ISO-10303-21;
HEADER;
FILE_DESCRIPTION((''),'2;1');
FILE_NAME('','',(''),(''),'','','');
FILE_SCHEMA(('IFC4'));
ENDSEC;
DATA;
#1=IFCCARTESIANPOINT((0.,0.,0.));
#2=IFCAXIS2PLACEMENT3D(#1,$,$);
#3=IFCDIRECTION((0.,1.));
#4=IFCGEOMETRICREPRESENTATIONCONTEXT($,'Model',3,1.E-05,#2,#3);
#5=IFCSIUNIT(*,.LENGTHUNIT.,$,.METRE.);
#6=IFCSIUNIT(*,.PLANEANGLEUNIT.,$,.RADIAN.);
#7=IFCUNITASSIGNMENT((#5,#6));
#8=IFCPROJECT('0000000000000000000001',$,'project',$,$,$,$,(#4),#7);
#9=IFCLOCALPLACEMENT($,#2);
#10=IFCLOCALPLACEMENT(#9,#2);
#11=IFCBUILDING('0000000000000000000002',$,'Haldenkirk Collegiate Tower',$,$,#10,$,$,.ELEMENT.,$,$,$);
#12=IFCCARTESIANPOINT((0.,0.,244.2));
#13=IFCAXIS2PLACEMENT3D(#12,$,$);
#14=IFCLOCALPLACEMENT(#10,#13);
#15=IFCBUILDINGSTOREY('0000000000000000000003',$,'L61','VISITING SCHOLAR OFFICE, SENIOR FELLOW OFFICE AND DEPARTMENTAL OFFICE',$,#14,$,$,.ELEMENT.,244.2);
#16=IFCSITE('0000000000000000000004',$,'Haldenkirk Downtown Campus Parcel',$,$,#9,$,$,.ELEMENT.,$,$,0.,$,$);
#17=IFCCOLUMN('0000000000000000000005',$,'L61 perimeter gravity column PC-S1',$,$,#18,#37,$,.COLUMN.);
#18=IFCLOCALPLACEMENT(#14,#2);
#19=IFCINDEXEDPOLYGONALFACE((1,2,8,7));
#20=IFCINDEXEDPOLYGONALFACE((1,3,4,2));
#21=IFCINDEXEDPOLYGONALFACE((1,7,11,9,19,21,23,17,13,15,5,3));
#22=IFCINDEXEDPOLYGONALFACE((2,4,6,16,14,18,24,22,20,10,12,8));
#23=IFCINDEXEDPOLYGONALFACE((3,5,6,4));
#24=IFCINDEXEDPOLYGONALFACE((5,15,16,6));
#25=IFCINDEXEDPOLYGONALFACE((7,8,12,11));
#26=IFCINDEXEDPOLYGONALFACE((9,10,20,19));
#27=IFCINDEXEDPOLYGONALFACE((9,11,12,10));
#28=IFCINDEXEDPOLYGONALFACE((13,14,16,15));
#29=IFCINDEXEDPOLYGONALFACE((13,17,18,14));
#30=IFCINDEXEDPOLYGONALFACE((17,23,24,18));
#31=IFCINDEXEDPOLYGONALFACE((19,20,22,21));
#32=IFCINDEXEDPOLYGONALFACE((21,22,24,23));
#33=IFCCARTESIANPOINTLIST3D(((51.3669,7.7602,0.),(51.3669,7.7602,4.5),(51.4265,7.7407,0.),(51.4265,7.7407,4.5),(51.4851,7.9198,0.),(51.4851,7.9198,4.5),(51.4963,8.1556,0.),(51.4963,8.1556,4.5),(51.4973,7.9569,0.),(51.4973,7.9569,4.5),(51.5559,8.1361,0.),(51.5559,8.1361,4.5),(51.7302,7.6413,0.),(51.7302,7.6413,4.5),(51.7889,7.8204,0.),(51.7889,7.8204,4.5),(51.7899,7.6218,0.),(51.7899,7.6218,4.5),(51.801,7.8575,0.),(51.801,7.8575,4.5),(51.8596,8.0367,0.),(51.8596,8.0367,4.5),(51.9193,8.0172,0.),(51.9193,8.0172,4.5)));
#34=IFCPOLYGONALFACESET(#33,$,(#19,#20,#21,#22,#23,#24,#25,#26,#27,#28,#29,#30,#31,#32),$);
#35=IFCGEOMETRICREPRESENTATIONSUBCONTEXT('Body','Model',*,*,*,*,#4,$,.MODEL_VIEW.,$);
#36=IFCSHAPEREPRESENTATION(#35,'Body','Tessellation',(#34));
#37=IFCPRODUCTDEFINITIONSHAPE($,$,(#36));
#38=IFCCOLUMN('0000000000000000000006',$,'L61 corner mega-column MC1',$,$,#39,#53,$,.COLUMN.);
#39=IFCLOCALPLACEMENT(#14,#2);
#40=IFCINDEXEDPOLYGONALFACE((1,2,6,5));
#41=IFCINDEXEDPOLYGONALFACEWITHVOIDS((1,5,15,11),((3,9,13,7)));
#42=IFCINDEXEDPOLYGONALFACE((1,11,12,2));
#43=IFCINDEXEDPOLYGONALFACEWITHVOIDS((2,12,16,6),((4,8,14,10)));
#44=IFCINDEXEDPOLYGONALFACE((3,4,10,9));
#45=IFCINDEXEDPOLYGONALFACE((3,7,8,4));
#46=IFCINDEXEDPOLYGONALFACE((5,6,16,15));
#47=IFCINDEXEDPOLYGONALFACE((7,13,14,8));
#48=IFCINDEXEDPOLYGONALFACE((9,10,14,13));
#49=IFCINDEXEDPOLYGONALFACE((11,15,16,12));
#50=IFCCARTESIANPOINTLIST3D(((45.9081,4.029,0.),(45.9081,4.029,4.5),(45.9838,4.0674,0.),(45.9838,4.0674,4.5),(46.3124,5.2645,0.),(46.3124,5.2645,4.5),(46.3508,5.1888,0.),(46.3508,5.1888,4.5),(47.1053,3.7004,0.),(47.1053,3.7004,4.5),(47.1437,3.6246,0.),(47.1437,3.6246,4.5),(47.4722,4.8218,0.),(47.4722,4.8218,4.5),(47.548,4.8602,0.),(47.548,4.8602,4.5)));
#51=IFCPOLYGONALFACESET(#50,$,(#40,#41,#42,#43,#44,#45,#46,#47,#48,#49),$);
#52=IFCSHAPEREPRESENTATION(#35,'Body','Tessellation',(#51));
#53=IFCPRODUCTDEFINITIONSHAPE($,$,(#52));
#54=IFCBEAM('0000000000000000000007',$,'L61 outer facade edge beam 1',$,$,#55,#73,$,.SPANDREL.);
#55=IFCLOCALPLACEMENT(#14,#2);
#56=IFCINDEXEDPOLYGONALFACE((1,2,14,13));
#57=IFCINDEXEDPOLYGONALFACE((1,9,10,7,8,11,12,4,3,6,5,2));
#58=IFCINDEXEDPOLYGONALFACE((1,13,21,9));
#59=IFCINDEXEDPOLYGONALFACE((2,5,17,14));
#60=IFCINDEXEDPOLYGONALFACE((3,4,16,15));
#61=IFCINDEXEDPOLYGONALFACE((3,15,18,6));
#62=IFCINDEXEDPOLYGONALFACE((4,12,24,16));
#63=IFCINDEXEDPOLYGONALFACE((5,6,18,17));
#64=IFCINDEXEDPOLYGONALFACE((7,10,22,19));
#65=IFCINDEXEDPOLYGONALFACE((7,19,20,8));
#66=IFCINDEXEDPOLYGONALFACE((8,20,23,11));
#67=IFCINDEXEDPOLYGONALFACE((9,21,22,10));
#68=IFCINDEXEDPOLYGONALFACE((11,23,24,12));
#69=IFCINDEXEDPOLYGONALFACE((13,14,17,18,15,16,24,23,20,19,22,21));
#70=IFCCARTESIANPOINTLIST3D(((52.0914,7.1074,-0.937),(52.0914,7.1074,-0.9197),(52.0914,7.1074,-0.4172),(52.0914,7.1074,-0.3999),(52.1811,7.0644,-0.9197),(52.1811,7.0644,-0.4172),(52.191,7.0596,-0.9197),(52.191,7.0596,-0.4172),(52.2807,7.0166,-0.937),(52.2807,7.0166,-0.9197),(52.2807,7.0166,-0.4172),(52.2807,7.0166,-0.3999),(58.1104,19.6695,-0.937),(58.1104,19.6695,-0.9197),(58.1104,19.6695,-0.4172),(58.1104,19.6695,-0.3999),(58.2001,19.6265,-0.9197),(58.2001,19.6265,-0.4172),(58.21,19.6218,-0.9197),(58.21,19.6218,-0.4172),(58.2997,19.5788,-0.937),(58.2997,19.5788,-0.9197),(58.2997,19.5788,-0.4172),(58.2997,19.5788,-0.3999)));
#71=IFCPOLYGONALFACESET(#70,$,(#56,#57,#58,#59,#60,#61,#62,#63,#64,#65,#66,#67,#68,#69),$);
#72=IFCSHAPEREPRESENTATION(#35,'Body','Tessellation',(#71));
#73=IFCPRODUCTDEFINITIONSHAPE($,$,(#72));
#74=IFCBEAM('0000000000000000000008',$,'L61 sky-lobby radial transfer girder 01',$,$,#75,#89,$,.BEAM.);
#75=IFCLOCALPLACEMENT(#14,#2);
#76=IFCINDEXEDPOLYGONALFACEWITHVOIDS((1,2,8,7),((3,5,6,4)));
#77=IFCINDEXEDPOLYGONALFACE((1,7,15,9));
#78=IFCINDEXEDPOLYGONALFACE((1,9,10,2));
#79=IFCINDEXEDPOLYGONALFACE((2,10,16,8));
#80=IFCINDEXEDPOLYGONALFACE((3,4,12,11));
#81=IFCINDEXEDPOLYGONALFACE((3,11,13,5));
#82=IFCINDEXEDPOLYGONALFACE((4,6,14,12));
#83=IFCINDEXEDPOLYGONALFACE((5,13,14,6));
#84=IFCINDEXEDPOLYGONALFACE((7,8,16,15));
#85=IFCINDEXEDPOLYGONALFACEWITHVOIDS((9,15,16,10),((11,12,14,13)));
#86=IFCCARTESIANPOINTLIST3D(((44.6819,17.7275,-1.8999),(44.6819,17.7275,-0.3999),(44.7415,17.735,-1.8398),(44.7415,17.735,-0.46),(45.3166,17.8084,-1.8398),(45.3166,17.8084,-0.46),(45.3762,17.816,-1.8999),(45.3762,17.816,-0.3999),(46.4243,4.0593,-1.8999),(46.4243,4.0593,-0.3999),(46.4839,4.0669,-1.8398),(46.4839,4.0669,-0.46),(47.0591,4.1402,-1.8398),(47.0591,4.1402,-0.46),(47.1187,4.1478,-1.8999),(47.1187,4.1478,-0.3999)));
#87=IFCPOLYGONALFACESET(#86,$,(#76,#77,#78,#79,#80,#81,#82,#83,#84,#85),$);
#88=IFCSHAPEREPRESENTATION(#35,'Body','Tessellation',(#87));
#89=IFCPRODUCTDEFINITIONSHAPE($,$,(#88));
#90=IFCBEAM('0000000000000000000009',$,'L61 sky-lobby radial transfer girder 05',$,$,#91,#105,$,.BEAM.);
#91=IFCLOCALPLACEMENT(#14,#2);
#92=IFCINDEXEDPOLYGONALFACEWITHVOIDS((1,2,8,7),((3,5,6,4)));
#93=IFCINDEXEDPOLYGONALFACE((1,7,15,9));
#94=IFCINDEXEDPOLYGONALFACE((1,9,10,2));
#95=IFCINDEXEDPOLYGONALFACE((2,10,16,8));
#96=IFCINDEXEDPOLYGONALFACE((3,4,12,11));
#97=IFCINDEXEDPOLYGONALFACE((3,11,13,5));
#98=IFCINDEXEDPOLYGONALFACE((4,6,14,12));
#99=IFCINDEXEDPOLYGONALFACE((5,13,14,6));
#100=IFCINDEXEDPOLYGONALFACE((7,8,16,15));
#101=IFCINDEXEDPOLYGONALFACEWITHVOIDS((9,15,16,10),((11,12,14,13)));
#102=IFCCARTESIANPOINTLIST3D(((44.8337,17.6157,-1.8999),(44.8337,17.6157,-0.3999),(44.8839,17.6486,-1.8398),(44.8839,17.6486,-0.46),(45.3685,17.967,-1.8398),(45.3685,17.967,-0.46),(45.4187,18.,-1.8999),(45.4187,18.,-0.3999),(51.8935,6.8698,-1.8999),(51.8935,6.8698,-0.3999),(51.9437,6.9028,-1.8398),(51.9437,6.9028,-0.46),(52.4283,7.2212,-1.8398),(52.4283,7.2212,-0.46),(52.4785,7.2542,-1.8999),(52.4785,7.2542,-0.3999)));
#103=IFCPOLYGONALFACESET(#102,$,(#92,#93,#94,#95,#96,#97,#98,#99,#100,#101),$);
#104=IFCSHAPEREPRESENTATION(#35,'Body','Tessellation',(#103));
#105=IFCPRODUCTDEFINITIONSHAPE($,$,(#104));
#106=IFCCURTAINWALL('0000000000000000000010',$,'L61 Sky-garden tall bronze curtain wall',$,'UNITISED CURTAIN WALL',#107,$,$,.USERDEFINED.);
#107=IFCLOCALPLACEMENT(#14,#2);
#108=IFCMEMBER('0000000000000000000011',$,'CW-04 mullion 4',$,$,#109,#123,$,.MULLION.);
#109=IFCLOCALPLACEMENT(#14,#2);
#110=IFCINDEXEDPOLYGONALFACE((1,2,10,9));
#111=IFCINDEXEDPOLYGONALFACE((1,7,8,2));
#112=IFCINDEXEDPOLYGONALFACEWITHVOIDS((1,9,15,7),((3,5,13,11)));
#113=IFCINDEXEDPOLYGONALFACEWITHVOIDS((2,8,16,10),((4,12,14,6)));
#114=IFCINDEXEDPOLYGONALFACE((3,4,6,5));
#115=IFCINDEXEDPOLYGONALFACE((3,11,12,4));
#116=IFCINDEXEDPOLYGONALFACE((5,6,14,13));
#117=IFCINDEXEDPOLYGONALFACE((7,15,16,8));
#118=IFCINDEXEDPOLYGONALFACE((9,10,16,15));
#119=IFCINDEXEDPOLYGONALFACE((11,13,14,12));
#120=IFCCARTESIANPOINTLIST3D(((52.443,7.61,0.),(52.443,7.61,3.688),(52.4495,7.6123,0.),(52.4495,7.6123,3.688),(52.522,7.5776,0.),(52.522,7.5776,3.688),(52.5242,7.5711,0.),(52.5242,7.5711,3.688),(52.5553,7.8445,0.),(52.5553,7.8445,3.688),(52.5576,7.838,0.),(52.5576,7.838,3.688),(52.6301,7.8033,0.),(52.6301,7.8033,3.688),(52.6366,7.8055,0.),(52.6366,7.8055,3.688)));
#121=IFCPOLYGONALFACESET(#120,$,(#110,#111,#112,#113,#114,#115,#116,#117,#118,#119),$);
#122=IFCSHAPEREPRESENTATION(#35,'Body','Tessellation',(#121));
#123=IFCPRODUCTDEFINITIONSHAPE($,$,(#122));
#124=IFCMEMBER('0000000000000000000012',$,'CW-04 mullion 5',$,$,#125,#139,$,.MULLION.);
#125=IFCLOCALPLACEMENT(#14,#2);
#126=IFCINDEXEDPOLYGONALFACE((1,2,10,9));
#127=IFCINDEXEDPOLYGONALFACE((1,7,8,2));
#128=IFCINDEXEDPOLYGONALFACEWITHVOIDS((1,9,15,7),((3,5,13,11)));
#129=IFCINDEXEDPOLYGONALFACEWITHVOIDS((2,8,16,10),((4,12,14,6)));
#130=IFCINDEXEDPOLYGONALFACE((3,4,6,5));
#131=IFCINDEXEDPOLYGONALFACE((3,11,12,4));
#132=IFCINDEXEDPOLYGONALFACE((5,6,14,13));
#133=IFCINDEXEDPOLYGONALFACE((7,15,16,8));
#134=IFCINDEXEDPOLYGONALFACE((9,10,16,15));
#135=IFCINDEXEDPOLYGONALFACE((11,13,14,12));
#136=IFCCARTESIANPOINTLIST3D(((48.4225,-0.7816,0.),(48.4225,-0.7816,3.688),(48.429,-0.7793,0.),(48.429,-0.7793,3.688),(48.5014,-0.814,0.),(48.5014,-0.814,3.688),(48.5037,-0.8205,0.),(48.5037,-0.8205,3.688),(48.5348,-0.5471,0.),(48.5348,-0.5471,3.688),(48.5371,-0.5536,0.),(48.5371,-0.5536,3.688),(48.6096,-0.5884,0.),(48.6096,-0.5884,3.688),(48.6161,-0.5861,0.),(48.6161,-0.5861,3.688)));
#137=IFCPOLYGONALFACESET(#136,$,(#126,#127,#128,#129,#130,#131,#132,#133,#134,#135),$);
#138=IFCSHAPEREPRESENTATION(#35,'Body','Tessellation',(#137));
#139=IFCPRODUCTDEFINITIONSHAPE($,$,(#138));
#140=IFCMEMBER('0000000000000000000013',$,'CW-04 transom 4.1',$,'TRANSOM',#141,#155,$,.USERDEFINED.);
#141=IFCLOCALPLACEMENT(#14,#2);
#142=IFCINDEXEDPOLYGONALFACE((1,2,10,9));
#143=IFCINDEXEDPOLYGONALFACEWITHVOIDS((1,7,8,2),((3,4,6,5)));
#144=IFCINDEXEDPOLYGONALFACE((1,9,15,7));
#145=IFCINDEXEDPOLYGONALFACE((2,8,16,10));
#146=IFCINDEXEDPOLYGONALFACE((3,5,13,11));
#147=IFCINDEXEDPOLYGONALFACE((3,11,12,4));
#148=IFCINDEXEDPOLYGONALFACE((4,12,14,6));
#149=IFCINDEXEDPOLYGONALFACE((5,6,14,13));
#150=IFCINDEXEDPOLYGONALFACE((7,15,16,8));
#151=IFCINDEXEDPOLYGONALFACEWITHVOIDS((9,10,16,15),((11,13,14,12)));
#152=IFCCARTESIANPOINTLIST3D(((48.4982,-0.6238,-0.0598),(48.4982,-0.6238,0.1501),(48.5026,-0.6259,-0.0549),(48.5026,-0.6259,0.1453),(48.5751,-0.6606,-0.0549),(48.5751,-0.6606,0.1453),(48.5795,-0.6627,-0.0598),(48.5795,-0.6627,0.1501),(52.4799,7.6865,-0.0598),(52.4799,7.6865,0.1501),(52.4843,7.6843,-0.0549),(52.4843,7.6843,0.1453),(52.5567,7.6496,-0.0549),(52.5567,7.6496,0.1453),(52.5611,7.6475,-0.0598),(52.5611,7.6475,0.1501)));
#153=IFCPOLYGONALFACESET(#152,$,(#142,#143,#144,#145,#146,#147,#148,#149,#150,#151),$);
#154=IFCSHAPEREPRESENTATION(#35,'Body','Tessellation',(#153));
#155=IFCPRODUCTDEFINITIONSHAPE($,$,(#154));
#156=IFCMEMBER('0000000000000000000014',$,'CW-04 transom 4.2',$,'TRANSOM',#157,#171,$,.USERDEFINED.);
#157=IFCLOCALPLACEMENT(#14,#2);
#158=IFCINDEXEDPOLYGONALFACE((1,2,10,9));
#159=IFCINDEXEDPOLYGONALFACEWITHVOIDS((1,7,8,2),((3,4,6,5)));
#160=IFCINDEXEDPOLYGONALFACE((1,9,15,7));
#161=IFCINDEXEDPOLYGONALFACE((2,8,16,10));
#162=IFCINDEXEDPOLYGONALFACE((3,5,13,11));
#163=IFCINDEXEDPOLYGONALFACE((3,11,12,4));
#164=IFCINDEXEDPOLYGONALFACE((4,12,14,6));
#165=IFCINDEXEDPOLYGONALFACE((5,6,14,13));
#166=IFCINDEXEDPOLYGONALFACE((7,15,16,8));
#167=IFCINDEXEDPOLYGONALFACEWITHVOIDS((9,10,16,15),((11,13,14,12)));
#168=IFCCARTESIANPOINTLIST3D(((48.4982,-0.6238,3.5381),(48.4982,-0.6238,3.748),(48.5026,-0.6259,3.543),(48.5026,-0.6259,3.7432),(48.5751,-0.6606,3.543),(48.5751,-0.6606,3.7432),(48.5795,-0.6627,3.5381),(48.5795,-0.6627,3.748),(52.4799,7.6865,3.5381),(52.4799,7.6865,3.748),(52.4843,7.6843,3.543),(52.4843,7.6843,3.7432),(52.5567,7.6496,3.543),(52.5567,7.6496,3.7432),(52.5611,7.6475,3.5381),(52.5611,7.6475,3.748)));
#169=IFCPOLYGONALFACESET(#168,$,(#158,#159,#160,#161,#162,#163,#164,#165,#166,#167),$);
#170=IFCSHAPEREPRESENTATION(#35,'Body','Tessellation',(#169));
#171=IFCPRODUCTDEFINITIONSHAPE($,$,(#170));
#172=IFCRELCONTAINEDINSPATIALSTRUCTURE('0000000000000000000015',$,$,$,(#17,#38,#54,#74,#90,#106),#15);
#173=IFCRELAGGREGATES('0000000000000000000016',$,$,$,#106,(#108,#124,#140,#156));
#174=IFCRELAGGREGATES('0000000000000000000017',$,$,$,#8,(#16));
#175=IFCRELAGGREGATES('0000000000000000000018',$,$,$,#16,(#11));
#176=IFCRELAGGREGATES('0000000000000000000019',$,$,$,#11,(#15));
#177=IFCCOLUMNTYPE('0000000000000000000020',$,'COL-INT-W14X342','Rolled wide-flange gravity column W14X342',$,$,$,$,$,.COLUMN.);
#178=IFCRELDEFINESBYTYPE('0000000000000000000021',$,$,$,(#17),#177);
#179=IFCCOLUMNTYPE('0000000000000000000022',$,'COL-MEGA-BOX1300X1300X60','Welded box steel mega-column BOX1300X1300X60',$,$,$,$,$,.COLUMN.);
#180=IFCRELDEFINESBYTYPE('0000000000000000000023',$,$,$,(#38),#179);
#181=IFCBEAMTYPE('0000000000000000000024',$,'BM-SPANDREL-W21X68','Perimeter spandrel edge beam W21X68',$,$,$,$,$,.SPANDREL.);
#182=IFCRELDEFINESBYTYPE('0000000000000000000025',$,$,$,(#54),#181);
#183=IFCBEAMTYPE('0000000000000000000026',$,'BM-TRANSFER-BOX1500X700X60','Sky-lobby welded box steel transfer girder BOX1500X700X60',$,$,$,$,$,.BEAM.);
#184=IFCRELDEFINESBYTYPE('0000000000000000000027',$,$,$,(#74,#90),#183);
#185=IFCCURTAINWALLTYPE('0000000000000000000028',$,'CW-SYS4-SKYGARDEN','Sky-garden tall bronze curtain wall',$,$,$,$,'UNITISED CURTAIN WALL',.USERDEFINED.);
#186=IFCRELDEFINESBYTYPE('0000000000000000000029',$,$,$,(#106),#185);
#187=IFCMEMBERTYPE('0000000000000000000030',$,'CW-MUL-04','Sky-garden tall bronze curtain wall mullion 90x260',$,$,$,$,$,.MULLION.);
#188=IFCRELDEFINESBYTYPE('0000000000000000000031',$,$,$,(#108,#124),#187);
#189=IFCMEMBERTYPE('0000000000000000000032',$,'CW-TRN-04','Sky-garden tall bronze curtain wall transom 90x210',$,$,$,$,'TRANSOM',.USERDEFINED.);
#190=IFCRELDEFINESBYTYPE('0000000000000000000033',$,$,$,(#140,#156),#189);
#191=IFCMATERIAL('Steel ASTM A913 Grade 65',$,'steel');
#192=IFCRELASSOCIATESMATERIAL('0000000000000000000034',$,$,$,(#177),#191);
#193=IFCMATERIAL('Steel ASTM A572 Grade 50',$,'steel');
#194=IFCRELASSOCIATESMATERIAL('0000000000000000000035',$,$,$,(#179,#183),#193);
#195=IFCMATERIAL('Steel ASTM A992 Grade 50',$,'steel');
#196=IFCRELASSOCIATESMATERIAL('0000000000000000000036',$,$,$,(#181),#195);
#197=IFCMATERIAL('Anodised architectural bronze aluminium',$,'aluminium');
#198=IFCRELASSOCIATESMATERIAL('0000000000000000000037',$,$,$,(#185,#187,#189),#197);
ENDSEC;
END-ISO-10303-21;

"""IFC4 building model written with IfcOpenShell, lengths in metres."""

from ifc_helpers import new_model, si_unit, direction, frame, origin, origin_2d, place, context, subcontext, project, spatial, hollow_rectangle, i_section, extrude, material, material_profile, profile_set, type_object, element, aggregate, save


model = new_model("IFC4")

# Units and contexts
model_context = context("Model", 3, precision=1e-05, world=origin(), true_north=direction((0.0, 1.0)))
body_context = subcontext(model_context, "Body", "Model", "MODEL_VIEW")
ifc_project = project(units=[si_unit("LENGTHUNIT", "METRE"), si_unit("PLANEANGLEUNIT", "RADIAN")], contexts=[model_context])

# Site, building, storey
site_placement = place(None, origin())
site = spatial("IfcSite", under=ifc_project, at=site_placement, Name="Haldenkirk Downtown Campus Parcel", CompositionType="ELEMENT", RefElevation=0.0)
building_placement = place(site_placement, origin())
building = spatial("IfcBuilding", under=site, at=building_placement, Name="Haldenkirk Collegiate Tower", CompositionType="ELEMENT")
storey_placement = place(building_placement, frame((0.0, 0.0, 244.2)))
storey = spatial("IfcBuildingStorey", under=building, at=storey_placement, Name="L61", Description="VISITING SCHOLAR OFFICE, SENIOR FELLOW OFFICE AND DEPARTMENTAL OFFICE", CompositionType="ELEMENT", Elevation=244.2)

# Columns
ifc_material_1 = material(Name="Steel ASTM A913 Grade 65", Category="steel")
ifc_material_profile_1 = material_profile(ifc_material_1, i_section(OverallWidth=0.416, OverallDepth=0.4451, WebThickness=0.0391, FlangeThickness=0.0627, at=origin_2d()), Name="W14X342")
ifc_profile_set_1 = profile_set([ifc_material_profile_1], Name="Steel ASTM A913 Grade 65")
column_type_1 = type_object("IfcColumnType", Name="COL-INT-W14X342", Description="Rolled wide-flange gravity column W14X342", PredefinedType="COLUMN", material=ifc_profile_set_1)
column_1_placement = place(storey_placement, frame((51.6431, 7.8887, 0.0), z_axis=(0.0, 0.0, 1.0), x_axis=(0.311008, 0.950407, 0.0)))
element("IfcColumn", 1, at=column_1_placement, inside=storey, type_object=column_type_1, Name="L61 perimeter gravity column PC-S1", PredefinedType="COLUMN", context=body_context, shape_type="SweptSolid", body=[
    extrude(i_section(OverallWidth=0.416, OverallDepth=0.4451, WebThickness=0.0391, FlangeThickness=0.0627, at=origin_2d()), origin(), (0.0, 0.0, 1.0), 4.5),
])
ifc_material_2 = material(Name="Steel ASTM A572 Grade 50", Category="steel")
ifc_material_profile_2 = material_profile(ifc_material_2, hollow_rectangle(XDim=1.3, YDim=1.3, WallThickness=0.0601, at=origin_2d()), Name="BOX1300X1300X60")
ifc_profile_set_2 = profile_set([ifc_material_profile_2], Name="Steel ASTM A572 Grade 50")
column_type_2 = type_object("IfcColumnType", Name="COL-MEGA-BOX1300X1300X60", Description="Welded box steel mega-column BOX1300X1300X60", PredefinedType="COLUMN", material=ifc_profile_set_2)
column_2_placement = place(storey_placement, frame((46.728, 4.4446, 0.0), z_axis=(0.0, 0.0, 1.0), x_axis=(0.311008, 0.950407, 0.0)))
element("IfcColumn", 2, at=column_2_placement, inside=storey, type_object=column_type_2, Name="L61 corner mega-column MC1", PredefinedType="COLUMN", context=body_context, shape_type="SweptSolid", body=[
    extrude(hollow_rectangle(XDim=1.3, YDim=1.3, WallThickness=0.0601, at=origin_2d()), origin(), (0.0, 0.0, 1.0), 4.5),
])

# Beams
ifc_material_3 = material(Name="Steel ASTM A992 Grade 50", Category="steel")
ifc_material_profile_3 = material_profile(ifc_material_3, i_section(OverallWidth=0.21, OverallDepth=0.5371, WebThickness=0.011, FlangeThickness=0.0173, at=origin_2d()), Name="W21X68")
ifc_profile_set_3 = profile_set([ifc_material_profile_3], Name="Steel ASTM A992 Grade 50")
beam_type_1 = type_object("IfcBeamType", Name="BM-SPANDREL-W21X68", Description="Perimeter spandrel edge beam W21X68", PredefinedType="SPANDREL", material=ifc_profile_set_3)
beam_1_placement = place(storey_placement, frame((52.186, 7.062, -0.6685), z_axis=(0.432099, 0.901826, 0.0), x_axis=(-0.901826, 0.432099, 0.0)))
element("IfcBeam", 3, at=beam_1_placement, inside=storey, type_object=beam_type_1, Name="L61 outer facade edge beam 1", PredefinedType="SPANDREL", context=body_context, shape_type="SweptSolid", body=[
    extrude(i_section(OverallWidth=0.21, OverallDepth=0.5371, WebThickness=0.011, FlangeThickness=0.0173, at=origin_2d()), origin(), (0.0, 0.0, 1.0), 13.9297),
])
ifc_material_profile_4 = material_profile(ifc_material_2, hollow_rectangle(XDim=0.7, YDim=1.5, WallThickness=0.0601, at=origin_2d()), Name="BOX1500X700X60")
ifc_profile_set_4 = profile_set([ifc_material_profile_4], Name="Steel ASTM A572 Grade 50")
beam_type_2 = type_object("IfcBeamType", Name="BM-TRANSFER-BOX1500X700X60", Description="Sky-lobby welded box steel transfer girder BOX1500X700X60", PredefinedType="BEAM", material=ifc_profile_set_4)
beam_2_placement = place(storey_placement, frame((46.7715, 4.1035, -1.1499), z_axis=(-0.126457, 0.991972, 0.0), x_axis=(-0.991972, -0.126457, 0.0)))
element("IfcBeam", 4, at=beam_2_placement, inside=storey, type_object=beam_type_2, Name="L61 sky-lobby radial transfer girder 01", PredefinedType="BEAM", context=body_context, shape_type="SweptSolid", body=[
    extrude(hollow_rectangle(XDim=0.7, YDim=1.5, WallThickness=0.0601, at=origin_2d()), origin(), (0.0, 0.0, 1.0), 13.7788),
])
beam_3_placement = place(storey_placement, frame((52.186, 7.062, -1.1499), z_axis=(-0.549083, 0.835768, 0.0), x_axis=(-0.835768, -0.549083, 0.0)))
element("IfcBeam", 5, at=beam_3_placement, inside=storey, type_object=beam_type_2, Name="L61 sky-lobby radial transfer girder 05", PredefinedType="BEAM", context=body_context, shape_type="SweptSolid", body=[
    extrude(hollow_rectangle(XDim=0.7, YDim=1.5, WallThickness=0.0601, at=origin_2d()), origin(), (0.0, 0.0, 1.0), 12.8574),
])

# Curtain wall, members
ifc_material_4 = material(Name="Anodised architectural bronze aluminium", Category="aluminium")
curtain_wall_type = type_object("IfcCurtainWallType", Name="CW-SYS4-SKYGARDEN", Description="Sky-garden tall bronze curtain wall", ElementType="UNITISED CURTAIN WALL", PredefinedType="USERDEFINED", material=ifc_material_4)
curtain_wall_placement = place(storey_placement, origin())
curtain_wall = element("IfcCurtainWall", 6, at=curtain_wall_placement, inside=storey, type_object=curtain_wall_type, Name="L61 Sky-garden tall bronze curtain wall", ObjectType="UNITISED CURTAIN WALL", PredefinedType="USERDEFINED")
ifc_material_profile_5 = material_profile(ifc_material_4, hollow_rectangle(XDim=0.0901, YDim=0.26, WallThickness=0.0049, at=origin_2d()), Name="CW-MUL-04")
ifc_profile_set_5 = profile_set([ifc_material_profile_5], Name="Anodised architectural bronze aluminium")
member_type_1 = type_object("IfcMemberType", Name="CW-MUL-04", Description="Sky-garden tall bronze curtain wall mullion 90x260", PredefinedType="MULLION", material=ifc_profile_set_5)
member_1_placement = place(storey_placement, frame((52.5398, 7.7078, 0.0), z_axis=(0.0, 0.0, 1.0), x_axis=(0.901834, -0.432083, 0.0)))
member_1 = element("IfcMember", 7, at=member_1_placement, type_object=member_type_1, Name="CW-04 mullion 4", PredefinedType="MULLION", context=body_context, shape_type="SweptSolid", body=[
    extrude(hollow_rectangle(XDim=0.0901, YDim=0.26, WallThickness=0.0049, at=origin_2d()), origin(), (0.0, 0.0, 1.0), 3.688),
])
member_2_placement = place(storey_placement, frame((48.5193, -0.6838, 0.0), z_axis=(0.0, 0.0, 1.0), x_axis=(0.901834, -0.432083, 0.0)))
member_2 = element("IfcMember", 8, at=member_2_placement, type_object=member_type_1, Name="CW-04 mullion 5", PredefinedType="MULLION", context=body_context, shape_type="SweptSolid", body=[
    extrude(hollow_rectangle(XDim=0.0901, YDim=0.26, WallThickness=0.0049, at=origin_2d()), origin(), (0.0, 0.0, 1.0), 3.688),
])
ifc_material_profile_6 = material_profile(ifc_material_4, hollow_rectangle(XDim=0.0901, YDim=0.21, WallThickness=0.0049, at=origin_2d()), Name="CW-TRN-04")
ifc_profile_set_6 = profile_set([ifc_material_profile_6], Name="Anodised architectural bronze aluminium")
member_type_2 = type_object("IfcMemberType", Name="CW-TRN-04", Description="Sky-garden tall bronze curtain wall transom 90x210", ElementType="TRANSOM", PredefinedType="USERDEFINED", material=ifc_profile_set_6)
member_3_placement = place(storey_placement, frame((52.5205, 7.667, 0.0452), z_axis=(-0.432091, -0.90183, 0.0), x_axis=(0.90183, -0.432091, 0.0)))
member_3 = element("IfcMember", 9, at=member_3_placement, type_object=member_type_2, Name="CW-04 transom 4.1", ObjectType="TRANSOM", PredefinedType="USERDEFINED", context=body_context, shape_type="SweptSolid", body=[
    extrude(hollow_rectangle(XDim=0.0901, YDim=0.21, WallThickness=0.0049, at=origin_2d()), origin(), (0.0, 0.0, 1.0), 9.2148),
])
member_4_placement = place(storey_placement, frame((52.5205, 7.667, 3.6431), z_axis=(-0.432091, -0.90183, 0.0), x_axis=(0.90183, -0.432091, 0.0)))
member_4 = element("IfcMember", 10, at=member_4_placement, type_object=member_type_2, Name="CW-04 transom 4.2", ObjectType="TRANSOM", PredefinedType="USERDEFINED", context=body_context, shape_type="SweptSolid", body=[
    extrude(hollow_rectangle(XDim=0.0901, YDim=0.21, WallThickness=0.0049, at=origin_2d()), origin(), (0.0, 0.0, 1.0), 9.2148),
])

aggregate(curtain_wall, [member_1, member_2, member_3, member_4])

save(model, "model.ifc")
